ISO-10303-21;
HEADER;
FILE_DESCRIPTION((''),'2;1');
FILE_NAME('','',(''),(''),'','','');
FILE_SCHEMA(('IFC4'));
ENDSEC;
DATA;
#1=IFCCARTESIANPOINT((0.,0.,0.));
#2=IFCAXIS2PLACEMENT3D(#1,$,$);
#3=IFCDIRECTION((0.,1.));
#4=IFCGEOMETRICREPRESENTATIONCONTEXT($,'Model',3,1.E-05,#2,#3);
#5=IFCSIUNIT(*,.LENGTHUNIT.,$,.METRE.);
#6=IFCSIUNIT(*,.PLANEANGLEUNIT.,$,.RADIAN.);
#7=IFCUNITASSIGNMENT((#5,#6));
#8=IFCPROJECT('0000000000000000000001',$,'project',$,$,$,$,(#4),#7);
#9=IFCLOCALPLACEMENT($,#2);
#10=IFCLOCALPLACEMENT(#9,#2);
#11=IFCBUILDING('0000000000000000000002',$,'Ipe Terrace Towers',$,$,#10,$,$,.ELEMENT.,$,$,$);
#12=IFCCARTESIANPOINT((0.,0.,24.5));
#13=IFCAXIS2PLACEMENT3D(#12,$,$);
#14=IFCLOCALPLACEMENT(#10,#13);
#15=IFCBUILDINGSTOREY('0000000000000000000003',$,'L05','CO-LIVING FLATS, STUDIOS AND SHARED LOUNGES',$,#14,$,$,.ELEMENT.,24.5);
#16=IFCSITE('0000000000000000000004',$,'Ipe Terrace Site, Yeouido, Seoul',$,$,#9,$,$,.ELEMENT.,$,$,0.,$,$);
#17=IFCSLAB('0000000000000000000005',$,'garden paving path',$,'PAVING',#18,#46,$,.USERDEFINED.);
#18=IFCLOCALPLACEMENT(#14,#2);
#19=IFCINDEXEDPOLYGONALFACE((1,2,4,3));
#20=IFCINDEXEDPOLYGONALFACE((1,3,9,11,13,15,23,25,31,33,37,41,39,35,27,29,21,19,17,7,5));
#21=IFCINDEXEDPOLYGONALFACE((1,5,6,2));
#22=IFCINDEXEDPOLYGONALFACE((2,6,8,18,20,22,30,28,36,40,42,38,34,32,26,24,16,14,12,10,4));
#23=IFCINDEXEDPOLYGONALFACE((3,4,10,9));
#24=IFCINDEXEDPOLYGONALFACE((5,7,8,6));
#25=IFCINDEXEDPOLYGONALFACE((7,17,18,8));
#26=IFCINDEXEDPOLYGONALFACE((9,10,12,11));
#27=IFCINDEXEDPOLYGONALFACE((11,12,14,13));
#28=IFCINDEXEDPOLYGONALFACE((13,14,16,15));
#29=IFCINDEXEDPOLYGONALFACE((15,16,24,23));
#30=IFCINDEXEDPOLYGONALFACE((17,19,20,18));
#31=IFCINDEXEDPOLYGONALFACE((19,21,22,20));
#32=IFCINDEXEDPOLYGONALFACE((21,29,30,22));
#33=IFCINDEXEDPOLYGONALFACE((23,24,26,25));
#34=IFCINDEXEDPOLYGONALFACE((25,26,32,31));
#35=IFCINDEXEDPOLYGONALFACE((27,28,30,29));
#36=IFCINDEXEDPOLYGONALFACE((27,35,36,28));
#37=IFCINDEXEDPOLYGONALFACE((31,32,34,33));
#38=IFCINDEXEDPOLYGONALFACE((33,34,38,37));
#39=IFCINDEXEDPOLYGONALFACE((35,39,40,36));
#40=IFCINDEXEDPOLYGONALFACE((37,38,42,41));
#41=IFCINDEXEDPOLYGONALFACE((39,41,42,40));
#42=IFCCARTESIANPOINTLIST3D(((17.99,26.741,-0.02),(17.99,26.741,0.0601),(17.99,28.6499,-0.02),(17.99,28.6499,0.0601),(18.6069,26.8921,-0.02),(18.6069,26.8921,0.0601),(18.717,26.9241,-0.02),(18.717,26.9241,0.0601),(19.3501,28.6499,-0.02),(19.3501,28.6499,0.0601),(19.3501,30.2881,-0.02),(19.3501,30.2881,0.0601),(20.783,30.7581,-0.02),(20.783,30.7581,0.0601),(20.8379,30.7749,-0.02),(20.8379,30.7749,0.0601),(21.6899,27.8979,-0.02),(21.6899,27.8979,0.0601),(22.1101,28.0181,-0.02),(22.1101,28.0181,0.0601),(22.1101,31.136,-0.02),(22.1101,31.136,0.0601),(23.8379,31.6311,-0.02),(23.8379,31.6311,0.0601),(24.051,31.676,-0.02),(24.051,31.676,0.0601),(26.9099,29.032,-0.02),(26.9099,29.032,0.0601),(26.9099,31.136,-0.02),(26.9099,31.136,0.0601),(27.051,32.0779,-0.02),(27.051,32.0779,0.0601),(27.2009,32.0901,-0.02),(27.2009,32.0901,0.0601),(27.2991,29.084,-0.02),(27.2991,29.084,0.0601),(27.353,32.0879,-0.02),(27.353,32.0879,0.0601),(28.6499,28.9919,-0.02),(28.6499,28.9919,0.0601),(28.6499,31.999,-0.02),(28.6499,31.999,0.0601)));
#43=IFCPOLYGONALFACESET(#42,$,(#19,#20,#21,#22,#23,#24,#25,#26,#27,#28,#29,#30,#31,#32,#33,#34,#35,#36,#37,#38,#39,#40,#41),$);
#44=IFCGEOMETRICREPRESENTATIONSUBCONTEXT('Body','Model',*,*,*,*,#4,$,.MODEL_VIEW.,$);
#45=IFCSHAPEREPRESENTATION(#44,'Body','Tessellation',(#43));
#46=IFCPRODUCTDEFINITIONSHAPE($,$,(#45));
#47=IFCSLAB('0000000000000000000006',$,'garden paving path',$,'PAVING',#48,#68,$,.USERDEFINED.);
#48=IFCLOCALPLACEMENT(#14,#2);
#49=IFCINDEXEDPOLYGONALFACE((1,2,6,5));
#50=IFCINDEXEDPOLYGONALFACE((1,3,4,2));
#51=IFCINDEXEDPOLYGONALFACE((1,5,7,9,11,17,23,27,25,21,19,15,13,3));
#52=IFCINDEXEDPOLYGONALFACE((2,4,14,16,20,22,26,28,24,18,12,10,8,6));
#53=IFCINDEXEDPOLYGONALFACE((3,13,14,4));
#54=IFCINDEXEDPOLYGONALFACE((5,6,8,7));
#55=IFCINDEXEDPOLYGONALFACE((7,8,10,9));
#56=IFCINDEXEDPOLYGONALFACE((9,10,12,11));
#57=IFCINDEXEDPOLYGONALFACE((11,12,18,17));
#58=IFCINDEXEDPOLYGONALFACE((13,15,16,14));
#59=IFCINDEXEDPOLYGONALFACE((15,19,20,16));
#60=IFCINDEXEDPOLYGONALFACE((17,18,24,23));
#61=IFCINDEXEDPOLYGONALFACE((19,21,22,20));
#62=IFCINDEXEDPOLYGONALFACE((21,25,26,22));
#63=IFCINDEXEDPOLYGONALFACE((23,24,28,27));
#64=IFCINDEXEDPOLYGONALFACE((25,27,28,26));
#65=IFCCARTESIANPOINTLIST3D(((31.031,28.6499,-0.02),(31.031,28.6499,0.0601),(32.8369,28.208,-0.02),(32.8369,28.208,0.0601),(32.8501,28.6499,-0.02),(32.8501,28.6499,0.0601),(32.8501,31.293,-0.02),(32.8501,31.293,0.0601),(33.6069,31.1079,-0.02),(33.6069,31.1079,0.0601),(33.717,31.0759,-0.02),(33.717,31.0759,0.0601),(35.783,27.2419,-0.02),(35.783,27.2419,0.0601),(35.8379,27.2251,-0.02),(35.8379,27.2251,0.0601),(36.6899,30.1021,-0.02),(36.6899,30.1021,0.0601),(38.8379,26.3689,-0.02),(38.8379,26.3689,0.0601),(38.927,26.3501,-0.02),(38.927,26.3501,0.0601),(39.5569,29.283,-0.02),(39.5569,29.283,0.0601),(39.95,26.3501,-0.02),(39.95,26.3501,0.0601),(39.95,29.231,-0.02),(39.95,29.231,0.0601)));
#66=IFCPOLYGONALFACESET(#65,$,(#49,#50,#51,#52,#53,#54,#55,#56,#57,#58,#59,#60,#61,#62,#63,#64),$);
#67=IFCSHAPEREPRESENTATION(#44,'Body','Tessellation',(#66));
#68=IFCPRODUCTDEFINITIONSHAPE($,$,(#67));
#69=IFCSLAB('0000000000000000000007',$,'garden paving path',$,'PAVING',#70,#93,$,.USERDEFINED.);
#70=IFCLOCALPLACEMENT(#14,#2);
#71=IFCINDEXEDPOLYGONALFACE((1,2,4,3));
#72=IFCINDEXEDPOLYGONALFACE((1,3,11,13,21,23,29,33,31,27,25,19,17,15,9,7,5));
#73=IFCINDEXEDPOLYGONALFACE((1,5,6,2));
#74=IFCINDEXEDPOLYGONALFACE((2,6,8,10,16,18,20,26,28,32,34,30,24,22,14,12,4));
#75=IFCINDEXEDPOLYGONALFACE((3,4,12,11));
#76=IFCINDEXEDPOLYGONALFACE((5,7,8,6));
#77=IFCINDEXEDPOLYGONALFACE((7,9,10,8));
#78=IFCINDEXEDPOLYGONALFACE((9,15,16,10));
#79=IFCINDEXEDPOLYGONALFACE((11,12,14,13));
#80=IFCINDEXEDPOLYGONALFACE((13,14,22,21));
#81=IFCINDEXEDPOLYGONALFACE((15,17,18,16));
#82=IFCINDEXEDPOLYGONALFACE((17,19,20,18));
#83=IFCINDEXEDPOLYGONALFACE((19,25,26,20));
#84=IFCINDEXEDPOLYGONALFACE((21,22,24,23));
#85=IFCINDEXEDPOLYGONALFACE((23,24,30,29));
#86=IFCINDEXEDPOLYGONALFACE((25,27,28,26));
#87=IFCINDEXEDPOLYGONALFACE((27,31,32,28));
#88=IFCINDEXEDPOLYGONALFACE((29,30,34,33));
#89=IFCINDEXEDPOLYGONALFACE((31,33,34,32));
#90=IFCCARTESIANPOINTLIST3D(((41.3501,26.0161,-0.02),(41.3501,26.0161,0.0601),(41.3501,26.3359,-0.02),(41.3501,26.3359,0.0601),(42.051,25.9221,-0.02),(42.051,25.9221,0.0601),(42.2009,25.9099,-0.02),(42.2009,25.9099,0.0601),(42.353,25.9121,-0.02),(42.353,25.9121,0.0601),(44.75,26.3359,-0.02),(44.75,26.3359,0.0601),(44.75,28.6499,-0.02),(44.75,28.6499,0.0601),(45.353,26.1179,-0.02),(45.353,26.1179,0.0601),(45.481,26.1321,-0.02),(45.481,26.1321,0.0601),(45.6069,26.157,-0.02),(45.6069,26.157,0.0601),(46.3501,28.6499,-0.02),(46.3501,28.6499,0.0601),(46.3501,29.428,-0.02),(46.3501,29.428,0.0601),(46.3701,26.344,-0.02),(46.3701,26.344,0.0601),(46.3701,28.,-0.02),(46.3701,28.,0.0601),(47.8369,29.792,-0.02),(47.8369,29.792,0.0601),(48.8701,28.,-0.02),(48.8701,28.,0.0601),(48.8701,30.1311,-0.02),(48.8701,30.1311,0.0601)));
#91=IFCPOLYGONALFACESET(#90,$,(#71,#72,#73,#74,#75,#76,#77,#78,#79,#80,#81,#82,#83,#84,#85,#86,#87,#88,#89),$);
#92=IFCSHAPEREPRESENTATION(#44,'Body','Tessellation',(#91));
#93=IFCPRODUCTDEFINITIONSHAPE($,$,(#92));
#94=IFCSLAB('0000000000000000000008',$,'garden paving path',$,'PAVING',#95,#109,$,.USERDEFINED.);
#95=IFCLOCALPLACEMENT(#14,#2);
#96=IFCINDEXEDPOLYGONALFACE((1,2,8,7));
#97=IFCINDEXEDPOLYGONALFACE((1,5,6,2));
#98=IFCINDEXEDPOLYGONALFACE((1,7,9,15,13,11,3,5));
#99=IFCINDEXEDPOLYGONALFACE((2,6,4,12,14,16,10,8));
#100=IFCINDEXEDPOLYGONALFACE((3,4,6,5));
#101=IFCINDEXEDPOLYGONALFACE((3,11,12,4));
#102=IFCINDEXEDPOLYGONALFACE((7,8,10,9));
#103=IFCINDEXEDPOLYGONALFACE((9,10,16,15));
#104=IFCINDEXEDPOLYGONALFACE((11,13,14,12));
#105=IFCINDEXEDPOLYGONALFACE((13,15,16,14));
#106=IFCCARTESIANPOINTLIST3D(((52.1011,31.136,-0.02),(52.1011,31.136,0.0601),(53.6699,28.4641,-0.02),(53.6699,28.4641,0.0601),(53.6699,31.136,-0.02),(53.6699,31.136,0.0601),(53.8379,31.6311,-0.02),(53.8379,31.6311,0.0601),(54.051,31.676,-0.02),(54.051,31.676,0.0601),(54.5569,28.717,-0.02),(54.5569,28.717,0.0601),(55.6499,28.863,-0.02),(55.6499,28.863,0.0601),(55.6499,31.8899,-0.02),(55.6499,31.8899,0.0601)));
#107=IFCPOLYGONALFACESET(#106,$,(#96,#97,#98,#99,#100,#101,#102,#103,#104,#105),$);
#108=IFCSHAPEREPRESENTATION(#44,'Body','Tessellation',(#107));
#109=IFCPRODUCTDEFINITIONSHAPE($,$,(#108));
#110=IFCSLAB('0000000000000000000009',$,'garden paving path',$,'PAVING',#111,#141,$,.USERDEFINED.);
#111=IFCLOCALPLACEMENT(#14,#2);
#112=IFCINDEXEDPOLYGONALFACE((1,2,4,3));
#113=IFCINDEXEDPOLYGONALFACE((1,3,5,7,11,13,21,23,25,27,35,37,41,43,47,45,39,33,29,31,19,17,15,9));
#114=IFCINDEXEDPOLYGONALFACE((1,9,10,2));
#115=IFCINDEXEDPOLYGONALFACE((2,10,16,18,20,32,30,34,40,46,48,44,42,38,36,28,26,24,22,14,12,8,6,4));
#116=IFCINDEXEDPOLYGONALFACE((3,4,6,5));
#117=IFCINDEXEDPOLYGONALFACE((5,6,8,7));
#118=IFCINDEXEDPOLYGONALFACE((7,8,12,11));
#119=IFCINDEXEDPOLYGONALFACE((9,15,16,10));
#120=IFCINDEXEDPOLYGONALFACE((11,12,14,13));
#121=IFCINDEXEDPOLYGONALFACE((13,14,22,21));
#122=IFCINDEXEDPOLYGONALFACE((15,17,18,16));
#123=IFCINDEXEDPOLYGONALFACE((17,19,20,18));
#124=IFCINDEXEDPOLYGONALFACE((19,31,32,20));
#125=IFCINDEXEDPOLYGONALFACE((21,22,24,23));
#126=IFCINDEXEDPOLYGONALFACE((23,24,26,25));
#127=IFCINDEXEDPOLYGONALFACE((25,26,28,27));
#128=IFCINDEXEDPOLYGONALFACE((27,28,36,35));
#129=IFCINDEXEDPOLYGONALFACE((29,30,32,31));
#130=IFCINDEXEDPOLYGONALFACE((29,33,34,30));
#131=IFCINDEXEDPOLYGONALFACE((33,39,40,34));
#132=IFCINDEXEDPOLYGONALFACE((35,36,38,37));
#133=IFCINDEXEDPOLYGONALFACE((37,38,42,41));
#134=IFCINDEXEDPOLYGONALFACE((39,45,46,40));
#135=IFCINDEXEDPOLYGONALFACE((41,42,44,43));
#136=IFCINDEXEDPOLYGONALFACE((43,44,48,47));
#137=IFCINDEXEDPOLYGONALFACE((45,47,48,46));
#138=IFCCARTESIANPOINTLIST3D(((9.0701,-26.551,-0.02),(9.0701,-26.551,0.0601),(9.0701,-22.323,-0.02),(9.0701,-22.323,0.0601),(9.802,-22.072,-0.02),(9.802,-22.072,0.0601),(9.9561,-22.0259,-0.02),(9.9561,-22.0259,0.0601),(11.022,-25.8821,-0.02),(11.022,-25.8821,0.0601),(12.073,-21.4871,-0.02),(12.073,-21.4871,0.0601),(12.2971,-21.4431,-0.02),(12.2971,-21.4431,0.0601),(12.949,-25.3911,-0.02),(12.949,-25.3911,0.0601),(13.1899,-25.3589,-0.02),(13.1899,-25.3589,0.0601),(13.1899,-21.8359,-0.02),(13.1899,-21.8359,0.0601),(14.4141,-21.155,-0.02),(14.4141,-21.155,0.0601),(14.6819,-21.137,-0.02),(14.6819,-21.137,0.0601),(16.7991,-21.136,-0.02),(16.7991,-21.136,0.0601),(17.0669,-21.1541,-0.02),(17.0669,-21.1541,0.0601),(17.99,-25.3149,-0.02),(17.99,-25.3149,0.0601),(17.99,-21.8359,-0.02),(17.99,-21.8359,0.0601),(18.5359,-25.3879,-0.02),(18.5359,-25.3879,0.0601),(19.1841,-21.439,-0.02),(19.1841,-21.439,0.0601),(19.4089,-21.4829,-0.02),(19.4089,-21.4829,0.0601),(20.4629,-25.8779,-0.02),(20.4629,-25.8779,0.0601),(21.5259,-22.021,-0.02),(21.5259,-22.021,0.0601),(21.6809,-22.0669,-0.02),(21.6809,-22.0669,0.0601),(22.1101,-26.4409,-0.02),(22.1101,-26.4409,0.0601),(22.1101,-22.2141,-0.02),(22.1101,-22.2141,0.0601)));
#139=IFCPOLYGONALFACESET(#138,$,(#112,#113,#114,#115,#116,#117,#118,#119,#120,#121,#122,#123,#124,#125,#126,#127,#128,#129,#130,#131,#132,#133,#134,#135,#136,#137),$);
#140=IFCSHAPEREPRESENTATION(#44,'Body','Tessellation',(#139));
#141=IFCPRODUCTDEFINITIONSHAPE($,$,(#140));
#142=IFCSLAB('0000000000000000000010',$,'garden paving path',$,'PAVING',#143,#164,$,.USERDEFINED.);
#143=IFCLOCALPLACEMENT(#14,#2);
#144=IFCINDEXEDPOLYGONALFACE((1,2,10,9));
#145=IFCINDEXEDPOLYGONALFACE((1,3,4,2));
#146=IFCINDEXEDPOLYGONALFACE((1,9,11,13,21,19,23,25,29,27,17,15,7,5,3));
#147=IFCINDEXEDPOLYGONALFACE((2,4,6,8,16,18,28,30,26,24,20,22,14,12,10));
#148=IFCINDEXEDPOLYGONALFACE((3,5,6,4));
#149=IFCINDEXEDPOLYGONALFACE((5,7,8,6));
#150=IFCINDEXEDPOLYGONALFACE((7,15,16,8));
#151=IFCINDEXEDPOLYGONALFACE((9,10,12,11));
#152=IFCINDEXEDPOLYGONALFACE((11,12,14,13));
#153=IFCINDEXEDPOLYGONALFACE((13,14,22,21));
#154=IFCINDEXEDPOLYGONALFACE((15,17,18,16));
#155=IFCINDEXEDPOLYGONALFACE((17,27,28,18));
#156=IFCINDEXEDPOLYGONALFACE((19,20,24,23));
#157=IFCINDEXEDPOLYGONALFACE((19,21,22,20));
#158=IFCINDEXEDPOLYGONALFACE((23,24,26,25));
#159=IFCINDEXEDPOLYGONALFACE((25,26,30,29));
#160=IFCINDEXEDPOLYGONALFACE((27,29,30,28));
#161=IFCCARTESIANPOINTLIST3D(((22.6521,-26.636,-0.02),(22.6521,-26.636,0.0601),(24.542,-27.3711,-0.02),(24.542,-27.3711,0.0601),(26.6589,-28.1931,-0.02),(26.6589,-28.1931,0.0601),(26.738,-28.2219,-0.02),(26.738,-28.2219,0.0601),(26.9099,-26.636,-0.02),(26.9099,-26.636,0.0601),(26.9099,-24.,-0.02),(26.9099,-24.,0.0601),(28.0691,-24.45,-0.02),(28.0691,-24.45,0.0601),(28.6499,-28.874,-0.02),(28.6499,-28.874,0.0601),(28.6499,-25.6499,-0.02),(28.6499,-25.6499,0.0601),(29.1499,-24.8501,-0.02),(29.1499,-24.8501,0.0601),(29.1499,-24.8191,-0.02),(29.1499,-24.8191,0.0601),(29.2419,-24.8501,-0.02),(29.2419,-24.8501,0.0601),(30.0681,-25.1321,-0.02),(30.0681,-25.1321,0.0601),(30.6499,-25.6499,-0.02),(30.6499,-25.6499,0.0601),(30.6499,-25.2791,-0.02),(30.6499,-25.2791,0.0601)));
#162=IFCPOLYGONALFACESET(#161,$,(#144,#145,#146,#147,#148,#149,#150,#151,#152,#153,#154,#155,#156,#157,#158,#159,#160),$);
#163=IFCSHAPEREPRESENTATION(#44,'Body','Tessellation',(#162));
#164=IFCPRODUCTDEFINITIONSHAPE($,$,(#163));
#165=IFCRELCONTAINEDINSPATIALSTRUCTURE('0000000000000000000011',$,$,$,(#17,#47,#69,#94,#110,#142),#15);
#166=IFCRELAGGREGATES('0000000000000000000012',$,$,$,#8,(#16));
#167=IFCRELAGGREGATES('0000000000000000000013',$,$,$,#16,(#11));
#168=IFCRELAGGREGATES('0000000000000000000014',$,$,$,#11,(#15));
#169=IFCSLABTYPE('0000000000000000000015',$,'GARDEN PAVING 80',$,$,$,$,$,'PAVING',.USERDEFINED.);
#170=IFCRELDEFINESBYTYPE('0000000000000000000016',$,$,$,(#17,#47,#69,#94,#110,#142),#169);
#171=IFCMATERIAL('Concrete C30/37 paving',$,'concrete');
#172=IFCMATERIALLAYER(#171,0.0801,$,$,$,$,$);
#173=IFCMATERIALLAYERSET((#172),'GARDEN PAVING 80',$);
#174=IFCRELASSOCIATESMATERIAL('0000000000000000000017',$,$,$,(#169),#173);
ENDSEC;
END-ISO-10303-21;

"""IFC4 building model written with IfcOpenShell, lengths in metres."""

from ifc_helpers import new_model, si_unit, direction, frame, origin, place, context, subcontext, project, spatial, polyline, outline, extrude, material, layer, layer_set, type_object, element, save


model = new_model("IFC4")

# Units and contexts
model_context = context("Model", 3, precision=1e-05, world=origin(), true_north=direction((0.0, 1.0)))
body_context = subcontext(model_context, "Body", "Model", "MODEL_VIEW")
ifc_project = project(units=[si_unit("LENGTHUNIT", "METRE"), si_unit("PLANEANGLEUNIT", "RADIAN")], contexts=[model_context])

# Site, building, storey
site_placement = place(None, origin())
site = spatial("IfcSite", under=ifc_project, at=site_placement, Name="Ipe Terrace Site, Yeouido, Seoul", CompositionType="ELEMENT", RefElevation=0.0)
building_placement = place(site_placement, origin())
building = spatial("IfcBuilding", under=site, at=building_placement, Name="Ipe Terrace Towers", CompositionType="ELEMENT")
storey_placement = place(building_placement, frame((0.0, 0.0, 24.5)))
storey = spatial("IfcBuildingStorey", under=building, at=storey_placement, Name="L05", Description="CO-LIVING FLATS, STUDIOS AND SHARED LOUNGES", CompositionType="ELEMENT", Elevation=24.5)

# Slabs
ifc_material_1 = material(Name="Concrete C30/37 paving", Category="concrete")
ifc_layer_1 = layer(ifc_material_1, 0.0801)
ifc_layer_set_1 = layer_set([ifc_layer_1], Name="GARDEN PAVING 80")
slab_type_1 = type_object("IfcSlabType", Name="GARDEN PAVING 80", ElementType="PAVING", PredefinedType="USERDEFINED", material=ifc_layer_set_1)
slab_1_placement = place(storey_placement, frame((0.0, 0.0, -0.02)))
element("IfcSlab", 1, at=slab_1_placement, inside=storey, type_object=slab_type_1, Name="garden paving path", ObjectType="PAVING", PredefinedType="USERDEFINED", context=body_context, shape_type="SweptSolid", body=[
    extrude(outline(polyline([(20.783, 30.7581), (20.8379, 30.7749), (23.8379, 31.6311), (24.051, 31.676), (27.051, 32.0779), (27.2009, 32.0901), (27.353, 32.0879), (28.6499, 31.999), (28.6499, 28.9919), (27.2991, 29.084), (26.9099, 29.032), (26.9099, 31.136), (22.1101, 31.136), (22.1101, 28.0181), (21.6899, 27.8979), (18.717, 26.9241), (18.6069, 26.8921), (17.99, 26.741), (17.99, 28.6499), (19.3501, 28.6499), (19.3501, 30.2881), (20.783, 30.7581)])), origin(), (0.0, 0.0, 1.0), 0.0801),
])
slab_2_placement = place(storey_placement, frame((0.0, 0.0, -0.02)))
element("IfcSlab", 2, at=slab_2_placement, inside=storey, type_object=slab_type_1, Name="garden paving path", ObjectType="PAVING", PredefinedType="USERDEFINED", context=body_context, shape_type="SweptSolid", body=[
    extrude(outline(polyline([(33.6069, 31.1079), (33.717, 31.0759), (36.6899, 30.1021), (39.5569, 29.283), (39.95, 29.231), (39.95, 26.3501), (38.927, 26.3501), (38.8379, 26.3689), (35.8379, 27.2251), (35.783, 27.2419), (32.8369, 28.208), (31.031, 28.6499), (32.8501, 28.6499), (32.8501, 31.293), (33.6069, 31.1079)])), origin(), (0.0, 0.0, 1.0), 0.0801),
])
slab_3_placement = place(storey_placement, frame((0.0, 0.0, -0.02)))
element("IfcSlab", 3, at=slab_3_placement, inside=storey, type_object=slab_type_1, Name="garden paving path", ObjectType="PAVING", PredefinedType="USERDEFINED", context=body_context, shape_type="SweptSolid", body=[
    extrude(outline(polyline([(47.8369, 29.792), (48.8701, 30.1311), (48.8701, 28.0), (46.3701, 28.0), (46.3701, 26.344), (45.6069, 26.157), (45.481, 26.1321), (45.353, 26.1179), (42.353, 25.9121), (42.2009, 25.9099), (42.051, 25.9221), (41.3501, 26.0161), (41.3501, 26.3359), (44.75, 26.3359), (44.75, 28.6499), (46.3501, 28.6499), (46.3501, 29.428), (47.8369, 29.792)])), origin(), (0.0, 0.0, 1.0), 0.0801),
])
slab_4_placement = place(storey_placement, frame((0.0, 0.0, -0.02)))
element("IfcSlab", 4, at=slab_4_placement, inside=storey, type_object=slab_type_1, Name="garden paving path", ObjectType="PAVING", PredefinedType="USERDEFINED", context=body_context, shape_type="SweptSolid", body=[
    extrude(outline(polyline([(53.8379, 31.6311), (54.051, 31.676), (55.6499, 31.8899), (55.6499, 28.863), (54.5569, 28.717), (53.6699, 28.4641), (53.6699, 31.136), (52.1011, 31.136), (53.8379, 31.6311)])), origin(), (0.0, 0.0, 1.0), 0.0801),
])
slab_5_placement = place(storey_placement, frame((0.0, 0.0, -0.02)))
element("IfcSlab", 5, at=slab_5_placement, inside=storey, type_object=slab_type_1, Name="garden paving path", ObjectType="PAVING", PredefinedType="USERDEFINED", context=body_context, shape_type="SweptSolid", body=[
    extrude(outline(polyline([(9.802, -22.072), (9.9561, -22.0259), (12.073, -21.4871), (12.2971, -21.4431), (14.4141, -21.155), (14.6819, -21.137), (16.7991, -21.136), (17.0669, -21.1541), (19.1841, -21.439), (19.4089, -21.4829), (21.5259, -22.021), (21.6809, -22.0669), (22.1101, -22.2141), (22.1101, -26.4409), (20.4629, -25.8779), (18.5359, -25.3879), (17.99, -25.3149), (17.99, -21.8359), (13.1899, -21.8359), (13.1899, -25.3589), (12.949, -25.3911), (11.022, -25.8821), (9.0701, -26.551), (9.0701, -22.323), (9.802, -22.072)])), origin(), (0.0, 0.0, 1.0), 0.0801),
])
slab_6_placement = place(storey_placement, frame((0.0, 0.0, -0.02)))
element("IfcSlab", 6, at=slab_6_placement, inside=storey, type_object=slab_type_1, Name="garden paving path", ObjectType="PAVING", PredefinedType="USERDEFINED", context=body_context, shape_type="SweptSolid", body=[
    extrude(outline(polyline([(28.0691, -24.45), (29.1499, -24.8191), (29.1499, -24.8501), (29.2419, -24.8501), (30.0681, -25.1321), (30.6499, -25.2791), (30.6499, -25.6499), (28.6499, -25.6499), (28.6499, -28.874), (26.738, -28.2219), (26.6589, -28.1931), (24.542, -27.3711), (22.6521, -26.636), (26.9099, -26.636), (26.9099, -24.0), (28.0691, -24.45)])), origin(), (0.0, 0.0, 1.0), 0.0801),
])

save(model, "model.ifc")
